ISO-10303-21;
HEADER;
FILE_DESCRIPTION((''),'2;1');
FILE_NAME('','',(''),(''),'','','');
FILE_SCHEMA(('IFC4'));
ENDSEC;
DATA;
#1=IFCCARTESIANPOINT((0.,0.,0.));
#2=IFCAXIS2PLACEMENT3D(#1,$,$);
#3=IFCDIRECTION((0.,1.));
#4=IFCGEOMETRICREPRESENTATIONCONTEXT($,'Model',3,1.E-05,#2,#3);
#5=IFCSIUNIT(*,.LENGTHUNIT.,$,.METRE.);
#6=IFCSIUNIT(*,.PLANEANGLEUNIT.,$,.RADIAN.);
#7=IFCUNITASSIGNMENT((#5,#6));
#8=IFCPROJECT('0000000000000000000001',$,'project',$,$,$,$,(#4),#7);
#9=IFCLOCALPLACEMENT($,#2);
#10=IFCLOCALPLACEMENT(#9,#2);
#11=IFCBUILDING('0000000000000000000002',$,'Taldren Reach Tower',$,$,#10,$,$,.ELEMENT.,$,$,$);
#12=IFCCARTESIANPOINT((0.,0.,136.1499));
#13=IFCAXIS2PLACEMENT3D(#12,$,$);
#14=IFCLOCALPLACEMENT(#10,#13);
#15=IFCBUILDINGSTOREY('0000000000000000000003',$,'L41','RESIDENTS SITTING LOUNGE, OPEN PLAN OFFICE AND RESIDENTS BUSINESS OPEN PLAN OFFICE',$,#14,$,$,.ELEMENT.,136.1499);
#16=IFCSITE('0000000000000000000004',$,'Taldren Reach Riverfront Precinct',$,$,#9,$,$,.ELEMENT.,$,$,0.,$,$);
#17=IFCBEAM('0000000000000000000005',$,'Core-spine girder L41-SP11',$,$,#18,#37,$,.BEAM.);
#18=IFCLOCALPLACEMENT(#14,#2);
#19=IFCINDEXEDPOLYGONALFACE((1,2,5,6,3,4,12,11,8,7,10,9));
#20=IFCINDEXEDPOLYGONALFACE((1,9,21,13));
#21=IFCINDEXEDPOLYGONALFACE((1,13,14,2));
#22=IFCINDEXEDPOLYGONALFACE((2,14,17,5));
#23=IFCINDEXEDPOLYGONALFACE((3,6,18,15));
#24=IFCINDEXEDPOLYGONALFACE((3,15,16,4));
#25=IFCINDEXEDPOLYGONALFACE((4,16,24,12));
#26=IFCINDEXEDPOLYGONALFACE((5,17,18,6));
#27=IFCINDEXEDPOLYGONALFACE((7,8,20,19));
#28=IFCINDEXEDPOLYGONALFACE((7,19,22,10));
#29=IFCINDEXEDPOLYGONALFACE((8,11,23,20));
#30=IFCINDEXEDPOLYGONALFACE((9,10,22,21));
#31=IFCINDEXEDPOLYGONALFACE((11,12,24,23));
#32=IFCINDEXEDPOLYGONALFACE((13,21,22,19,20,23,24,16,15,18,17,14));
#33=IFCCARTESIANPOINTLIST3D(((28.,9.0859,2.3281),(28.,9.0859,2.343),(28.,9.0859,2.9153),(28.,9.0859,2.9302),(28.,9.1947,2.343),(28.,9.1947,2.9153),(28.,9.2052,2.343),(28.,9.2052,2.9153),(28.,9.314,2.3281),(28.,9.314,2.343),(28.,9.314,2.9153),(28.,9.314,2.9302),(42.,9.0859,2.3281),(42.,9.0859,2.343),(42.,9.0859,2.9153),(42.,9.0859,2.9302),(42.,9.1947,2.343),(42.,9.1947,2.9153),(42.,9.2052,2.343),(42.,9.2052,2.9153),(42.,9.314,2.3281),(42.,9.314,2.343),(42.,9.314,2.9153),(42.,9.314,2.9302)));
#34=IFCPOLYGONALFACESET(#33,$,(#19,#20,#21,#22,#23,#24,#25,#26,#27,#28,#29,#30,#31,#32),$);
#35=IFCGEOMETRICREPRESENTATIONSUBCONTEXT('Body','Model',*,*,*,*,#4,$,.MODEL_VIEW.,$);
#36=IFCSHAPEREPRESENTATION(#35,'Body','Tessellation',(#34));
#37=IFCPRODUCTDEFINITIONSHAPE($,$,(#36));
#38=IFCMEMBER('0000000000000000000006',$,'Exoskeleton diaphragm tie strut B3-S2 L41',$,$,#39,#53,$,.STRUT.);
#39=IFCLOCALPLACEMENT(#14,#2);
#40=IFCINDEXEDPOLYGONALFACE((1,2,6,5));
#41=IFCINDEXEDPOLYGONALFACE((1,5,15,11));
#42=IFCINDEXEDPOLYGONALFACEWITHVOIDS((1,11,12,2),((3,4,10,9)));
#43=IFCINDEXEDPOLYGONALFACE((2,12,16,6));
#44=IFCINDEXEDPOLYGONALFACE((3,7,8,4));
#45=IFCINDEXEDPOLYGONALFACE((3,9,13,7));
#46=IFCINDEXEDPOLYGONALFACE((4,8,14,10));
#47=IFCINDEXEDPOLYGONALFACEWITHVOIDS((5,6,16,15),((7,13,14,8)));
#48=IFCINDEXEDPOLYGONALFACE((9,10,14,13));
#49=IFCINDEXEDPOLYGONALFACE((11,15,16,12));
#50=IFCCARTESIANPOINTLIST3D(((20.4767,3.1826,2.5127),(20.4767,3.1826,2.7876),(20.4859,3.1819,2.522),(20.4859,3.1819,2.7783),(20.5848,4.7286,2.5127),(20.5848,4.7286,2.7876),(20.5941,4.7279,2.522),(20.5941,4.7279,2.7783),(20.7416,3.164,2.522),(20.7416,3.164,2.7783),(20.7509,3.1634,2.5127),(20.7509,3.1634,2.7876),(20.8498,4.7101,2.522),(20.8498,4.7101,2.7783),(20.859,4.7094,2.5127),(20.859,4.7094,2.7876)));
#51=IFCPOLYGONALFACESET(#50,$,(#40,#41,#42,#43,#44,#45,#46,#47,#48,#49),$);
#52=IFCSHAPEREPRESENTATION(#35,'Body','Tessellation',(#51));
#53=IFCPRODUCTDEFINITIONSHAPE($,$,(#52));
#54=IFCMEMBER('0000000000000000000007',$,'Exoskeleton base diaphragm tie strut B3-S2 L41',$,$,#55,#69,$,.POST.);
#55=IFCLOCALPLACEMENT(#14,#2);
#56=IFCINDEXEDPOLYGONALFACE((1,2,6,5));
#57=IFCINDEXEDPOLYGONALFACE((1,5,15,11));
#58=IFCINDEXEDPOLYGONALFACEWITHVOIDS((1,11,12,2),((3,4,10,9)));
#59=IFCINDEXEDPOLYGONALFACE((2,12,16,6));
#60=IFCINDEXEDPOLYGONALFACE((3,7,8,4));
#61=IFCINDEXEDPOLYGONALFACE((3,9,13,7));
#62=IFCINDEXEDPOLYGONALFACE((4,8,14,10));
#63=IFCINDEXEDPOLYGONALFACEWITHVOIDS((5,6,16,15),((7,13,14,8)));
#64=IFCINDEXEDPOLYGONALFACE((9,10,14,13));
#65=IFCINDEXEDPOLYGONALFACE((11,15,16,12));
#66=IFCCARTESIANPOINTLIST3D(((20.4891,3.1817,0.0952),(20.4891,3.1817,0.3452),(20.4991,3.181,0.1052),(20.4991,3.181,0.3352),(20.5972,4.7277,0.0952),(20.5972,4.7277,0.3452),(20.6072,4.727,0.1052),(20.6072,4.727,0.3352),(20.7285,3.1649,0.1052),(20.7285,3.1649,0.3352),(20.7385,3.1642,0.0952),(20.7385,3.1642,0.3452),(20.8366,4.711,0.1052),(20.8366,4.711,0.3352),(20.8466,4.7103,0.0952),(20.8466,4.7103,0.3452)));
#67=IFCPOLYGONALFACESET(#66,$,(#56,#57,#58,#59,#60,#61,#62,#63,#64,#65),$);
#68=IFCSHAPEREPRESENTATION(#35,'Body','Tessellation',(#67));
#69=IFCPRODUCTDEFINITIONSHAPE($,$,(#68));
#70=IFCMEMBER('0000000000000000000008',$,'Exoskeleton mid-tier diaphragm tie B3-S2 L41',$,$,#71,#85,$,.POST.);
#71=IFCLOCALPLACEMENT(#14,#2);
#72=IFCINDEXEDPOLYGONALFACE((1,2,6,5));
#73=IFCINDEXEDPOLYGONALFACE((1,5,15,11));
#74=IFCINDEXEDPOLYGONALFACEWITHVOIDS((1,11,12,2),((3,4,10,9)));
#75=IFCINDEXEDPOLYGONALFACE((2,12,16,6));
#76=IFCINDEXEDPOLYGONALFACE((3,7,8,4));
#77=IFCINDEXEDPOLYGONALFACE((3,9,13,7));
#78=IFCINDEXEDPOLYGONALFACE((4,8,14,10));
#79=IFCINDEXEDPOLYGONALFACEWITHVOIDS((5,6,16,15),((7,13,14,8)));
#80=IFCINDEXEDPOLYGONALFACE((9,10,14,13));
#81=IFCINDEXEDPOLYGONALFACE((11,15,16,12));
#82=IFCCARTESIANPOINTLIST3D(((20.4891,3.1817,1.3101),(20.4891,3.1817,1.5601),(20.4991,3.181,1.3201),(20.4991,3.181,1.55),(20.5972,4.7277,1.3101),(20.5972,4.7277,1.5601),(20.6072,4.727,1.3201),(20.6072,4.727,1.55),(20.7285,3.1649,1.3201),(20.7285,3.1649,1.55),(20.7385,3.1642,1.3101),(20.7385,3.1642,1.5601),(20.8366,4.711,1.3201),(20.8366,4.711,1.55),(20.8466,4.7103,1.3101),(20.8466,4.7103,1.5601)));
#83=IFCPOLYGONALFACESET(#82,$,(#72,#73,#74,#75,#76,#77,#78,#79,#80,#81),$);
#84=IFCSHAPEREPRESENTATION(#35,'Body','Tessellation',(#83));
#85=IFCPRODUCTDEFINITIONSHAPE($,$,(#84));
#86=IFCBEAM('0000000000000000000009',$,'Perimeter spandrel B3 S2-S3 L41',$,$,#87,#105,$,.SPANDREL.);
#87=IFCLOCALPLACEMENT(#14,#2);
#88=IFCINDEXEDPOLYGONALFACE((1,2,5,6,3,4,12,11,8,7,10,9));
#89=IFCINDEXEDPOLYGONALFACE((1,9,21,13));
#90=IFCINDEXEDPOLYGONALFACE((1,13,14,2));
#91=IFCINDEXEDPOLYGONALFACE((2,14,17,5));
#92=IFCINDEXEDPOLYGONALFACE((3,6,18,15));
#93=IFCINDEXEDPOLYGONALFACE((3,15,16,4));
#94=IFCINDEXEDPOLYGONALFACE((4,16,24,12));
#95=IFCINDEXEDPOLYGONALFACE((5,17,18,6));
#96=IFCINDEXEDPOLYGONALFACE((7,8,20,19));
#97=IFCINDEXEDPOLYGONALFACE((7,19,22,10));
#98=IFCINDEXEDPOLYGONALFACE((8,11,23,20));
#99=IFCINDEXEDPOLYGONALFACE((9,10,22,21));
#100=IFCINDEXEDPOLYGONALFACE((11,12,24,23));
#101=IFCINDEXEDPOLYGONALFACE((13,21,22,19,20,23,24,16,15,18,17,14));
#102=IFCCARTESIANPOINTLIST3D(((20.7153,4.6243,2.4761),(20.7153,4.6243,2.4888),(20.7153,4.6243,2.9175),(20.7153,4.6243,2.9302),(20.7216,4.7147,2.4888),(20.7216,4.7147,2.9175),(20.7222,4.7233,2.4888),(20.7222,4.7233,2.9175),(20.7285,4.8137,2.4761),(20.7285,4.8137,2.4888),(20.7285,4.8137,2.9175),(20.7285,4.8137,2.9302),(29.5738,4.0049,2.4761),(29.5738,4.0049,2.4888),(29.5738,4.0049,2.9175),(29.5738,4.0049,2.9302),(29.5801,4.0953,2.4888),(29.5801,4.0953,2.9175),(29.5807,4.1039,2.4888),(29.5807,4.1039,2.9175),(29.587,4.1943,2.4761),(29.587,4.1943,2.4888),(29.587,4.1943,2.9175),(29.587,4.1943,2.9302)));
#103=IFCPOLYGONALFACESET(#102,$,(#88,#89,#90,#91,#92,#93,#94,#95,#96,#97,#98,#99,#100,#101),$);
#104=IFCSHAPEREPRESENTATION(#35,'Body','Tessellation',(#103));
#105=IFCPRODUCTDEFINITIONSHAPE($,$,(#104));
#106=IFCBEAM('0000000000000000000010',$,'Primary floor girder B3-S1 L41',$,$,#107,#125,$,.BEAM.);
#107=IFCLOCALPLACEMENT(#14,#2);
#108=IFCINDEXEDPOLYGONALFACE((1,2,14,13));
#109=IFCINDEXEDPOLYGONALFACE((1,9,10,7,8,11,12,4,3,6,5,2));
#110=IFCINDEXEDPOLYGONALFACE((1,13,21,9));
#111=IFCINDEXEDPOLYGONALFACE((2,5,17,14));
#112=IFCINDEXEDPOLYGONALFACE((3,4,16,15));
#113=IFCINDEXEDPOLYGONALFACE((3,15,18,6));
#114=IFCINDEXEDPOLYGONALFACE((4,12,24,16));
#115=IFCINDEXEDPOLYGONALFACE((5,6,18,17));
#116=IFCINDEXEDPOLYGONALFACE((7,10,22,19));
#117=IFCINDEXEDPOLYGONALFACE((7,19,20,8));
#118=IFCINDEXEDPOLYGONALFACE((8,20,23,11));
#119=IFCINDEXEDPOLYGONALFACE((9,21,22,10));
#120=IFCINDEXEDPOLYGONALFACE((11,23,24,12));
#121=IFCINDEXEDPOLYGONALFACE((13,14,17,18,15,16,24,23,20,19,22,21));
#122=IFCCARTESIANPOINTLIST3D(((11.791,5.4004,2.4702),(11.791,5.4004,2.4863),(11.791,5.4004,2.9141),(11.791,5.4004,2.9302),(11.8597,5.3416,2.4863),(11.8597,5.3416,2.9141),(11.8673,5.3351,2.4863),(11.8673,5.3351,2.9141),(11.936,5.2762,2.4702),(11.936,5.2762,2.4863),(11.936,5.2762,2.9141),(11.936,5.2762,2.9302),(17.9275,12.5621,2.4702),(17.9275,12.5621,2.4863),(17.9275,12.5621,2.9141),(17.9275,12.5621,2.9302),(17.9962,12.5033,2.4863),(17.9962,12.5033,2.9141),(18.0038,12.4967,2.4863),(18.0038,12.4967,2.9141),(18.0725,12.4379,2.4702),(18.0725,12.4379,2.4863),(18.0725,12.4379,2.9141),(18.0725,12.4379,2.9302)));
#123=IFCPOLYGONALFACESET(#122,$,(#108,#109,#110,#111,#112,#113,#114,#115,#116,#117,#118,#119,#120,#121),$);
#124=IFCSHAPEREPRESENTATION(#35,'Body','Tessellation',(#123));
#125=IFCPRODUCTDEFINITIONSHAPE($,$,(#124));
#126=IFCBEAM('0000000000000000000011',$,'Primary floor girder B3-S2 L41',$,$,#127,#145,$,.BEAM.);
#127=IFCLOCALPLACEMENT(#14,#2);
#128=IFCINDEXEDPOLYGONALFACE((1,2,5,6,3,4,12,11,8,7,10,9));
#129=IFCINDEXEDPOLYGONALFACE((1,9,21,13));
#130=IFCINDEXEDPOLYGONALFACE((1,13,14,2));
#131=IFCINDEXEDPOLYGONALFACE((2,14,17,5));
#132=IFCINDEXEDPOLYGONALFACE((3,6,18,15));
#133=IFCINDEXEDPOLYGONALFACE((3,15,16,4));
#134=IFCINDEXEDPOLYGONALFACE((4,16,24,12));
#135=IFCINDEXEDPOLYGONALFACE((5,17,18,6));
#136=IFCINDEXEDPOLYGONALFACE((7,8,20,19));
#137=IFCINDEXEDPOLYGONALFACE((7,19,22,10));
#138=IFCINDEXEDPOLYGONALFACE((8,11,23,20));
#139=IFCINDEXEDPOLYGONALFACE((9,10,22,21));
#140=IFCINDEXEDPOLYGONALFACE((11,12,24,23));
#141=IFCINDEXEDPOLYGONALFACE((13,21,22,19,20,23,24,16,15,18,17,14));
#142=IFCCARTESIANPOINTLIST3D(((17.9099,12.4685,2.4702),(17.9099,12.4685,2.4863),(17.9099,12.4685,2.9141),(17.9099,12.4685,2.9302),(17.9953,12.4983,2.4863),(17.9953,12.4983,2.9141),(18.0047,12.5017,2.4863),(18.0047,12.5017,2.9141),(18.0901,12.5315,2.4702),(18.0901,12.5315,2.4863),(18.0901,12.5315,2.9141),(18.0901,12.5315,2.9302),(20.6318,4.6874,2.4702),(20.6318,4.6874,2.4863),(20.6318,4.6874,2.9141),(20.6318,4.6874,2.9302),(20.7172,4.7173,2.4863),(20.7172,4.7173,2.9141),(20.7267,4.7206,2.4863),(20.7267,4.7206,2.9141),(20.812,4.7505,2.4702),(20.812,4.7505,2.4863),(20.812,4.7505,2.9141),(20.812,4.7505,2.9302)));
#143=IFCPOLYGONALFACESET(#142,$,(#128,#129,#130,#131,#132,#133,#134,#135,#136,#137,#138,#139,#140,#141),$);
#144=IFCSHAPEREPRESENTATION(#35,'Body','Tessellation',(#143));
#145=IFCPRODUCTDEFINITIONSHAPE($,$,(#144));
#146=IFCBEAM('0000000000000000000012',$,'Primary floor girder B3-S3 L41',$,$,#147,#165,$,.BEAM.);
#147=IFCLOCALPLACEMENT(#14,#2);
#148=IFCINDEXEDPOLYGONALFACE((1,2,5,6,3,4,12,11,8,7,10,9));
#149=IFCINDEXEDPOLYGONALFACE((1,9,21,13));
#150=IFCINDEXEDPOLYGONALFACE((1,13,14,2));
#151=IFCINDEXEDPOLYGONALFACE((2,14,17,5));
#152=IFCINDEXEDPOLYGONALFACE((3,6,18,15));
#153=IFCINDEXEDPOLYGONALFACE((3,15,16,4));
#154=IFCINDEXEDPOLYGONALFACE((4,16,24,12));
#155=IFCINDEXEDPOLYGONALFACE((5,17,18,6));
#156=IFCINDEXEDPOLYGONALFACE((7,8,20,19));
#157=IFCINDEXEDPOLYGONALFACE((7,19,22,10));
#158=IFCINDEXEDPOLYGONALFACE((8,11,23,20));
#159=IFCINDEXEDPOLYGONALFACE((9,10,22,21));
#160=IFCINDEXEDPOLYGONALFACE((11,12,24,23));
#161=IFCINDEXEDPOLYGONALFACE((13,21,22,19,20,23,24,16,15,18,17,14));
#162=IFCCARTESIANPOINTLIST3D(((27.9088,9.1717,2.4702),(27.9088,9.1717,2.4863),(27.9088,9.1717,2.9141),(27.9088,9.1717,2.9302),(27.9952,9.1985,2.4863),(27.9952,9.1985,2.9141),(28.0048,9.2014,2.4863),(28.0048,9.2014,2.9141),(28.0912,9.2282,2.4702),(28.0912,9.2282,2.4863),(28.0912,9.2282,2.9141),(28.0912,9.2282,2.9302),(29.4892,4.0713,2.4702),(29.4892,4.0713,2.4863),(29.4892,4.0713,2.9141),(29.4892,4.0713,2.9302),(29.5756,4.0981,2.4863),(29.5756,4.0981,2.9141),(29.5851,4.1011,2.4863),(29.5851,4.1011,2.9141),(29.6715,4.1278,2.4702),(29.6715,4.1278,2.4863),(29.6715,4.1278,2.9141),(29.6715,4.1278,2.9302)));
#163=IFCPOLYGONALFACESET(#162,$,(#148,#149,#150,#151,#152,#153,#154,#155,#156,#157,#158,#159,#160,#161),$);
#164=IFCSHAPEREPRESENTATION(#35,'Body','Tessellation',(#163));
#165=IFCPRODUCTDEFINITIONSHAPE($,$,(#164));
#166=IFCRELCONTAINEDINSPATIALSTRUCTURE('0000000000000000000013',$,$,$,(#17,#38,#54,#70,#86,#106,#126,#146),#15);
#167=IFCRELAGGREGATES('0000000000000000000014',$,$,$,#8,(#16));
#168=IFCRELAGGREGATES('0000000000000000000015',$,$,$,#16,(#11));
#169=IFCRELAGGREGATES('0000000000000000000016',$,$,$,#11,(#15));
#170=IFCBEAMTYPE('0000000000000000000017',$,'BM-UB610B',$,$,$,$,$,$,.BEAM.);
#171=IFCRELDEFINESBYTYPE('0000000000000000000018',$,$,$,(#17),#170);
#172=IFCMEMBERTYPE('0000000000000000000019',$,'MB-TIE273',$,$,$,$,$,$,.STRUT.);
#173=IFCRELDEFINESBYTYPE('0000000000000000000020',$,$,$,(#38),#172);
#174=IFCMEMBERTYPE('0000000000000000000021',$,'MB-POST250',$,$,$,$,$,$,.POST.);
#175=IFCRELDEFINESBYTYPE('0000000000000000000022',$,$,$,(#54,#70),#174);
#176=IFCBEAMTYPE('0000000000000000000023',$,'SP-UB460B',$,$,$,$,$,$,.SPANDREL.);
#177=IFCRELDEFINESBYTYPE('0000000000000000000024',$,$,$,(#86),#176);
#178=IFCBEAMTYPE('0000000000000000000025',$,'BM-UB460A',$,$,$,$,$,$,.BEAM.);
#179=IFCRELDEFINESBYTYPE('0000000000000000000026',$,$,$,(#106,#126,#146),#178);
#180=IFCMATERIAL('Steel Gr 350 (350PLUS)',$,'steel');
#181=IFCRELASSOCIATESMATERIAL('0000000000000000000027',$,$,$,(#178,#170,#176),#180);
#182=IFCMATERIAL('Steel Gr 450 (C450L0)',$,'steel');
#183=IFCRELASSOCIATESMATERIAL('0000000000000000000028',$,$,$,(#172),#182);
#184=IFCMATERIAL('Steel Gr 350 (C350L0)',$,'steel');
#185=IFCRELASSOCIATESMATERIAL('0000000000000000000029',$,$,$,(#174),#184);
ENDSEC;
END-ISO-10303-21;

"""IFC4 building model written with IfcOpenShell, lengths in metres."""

from ifc_helpers import new_model, si_unit, direction, frame, origin, origin_2d, place, context, subcontext, project, spatial, hollow_rectangle, i_section, extrude, source, transform, mapped, material, material_profile, profile_set, type_object, element, save


model = new_model("IFC4")

# Units and contexts
model_context = context("Model", 3, precision=1e-05, world=origin(), true_north=direction((0.0, 1.0)))
body_context = subcontext(model_context, "Body", "Model", "MODEL_VIEW")
ifc_project = project(units=[si_unit("LENGTHUNIT", "METRE"), si_unit("PLANEANGLEUNIT", "RADIAN")], contexts=[model_context])

# Site, building, storey
site_placement = place(None, origin())
site = spatial("IfcSite", under=ifc_project, at=site_placement, Name="Taldren Reach Riverfront Precinct", CompositionType="ELEMENT", RefElevation=0.0)
building_placement = place(site_placement, origin())
building = spatial("IfcBuilding", under=site, at=building_placement, Name="Taldren Reach Tower", CompositionType="ELEMENT")
storey_placement = place(building_placement, frame((0.0, 0.0, 136.1499)))
storey = spatial("IfcBuildingStorey", under=building, at=storey_placement, Name="L41", Description="RESIDENTS SITTING LOUNGE, OPEN PLAN OFFICE AND RESIDENTS BUSINESS OPEN PLAN OFFICE", CompositionType="ELEMENT", Elevation=136.1499)

# Shared definitions
ifc_material_1 = material(Name="Steel Gr 350 (350PLUS)", Category="steel")
ifc_material_2 = material(Name="Steel Gr 450 (C450L0)", Category="steel")

# Beam
ifc_material_profile_1 = material_profile(ifc_material_1, i_section(OverallWidth=0.1909, OverallDepth=0.46, WebThickness=0.01, FlangeThickness=0.0161, at=origin_2d()), Name="460UB82.1")
ifc_profile_set_1 = profile_set([ifc_material_profile_1], Name="Steel Gr 350 (350PLUS)")
beam_type_1 = type_object("IfcBeamType", Name="BM-UB460A", PredefinedType="BEAM", material=ifc_profile_set_1)
ifc_material_profile_2 = material_profile(ifc_material_1, i_section(OverallWidth=0.228, OverallDepth=0.6021, WebThickness=0.0105, FlangeThickness=0.0149, at=origin_2d()), Name="610UB101")
ifc_profile_set_2 = profile_set([ifc_material_profile_2], Name="Steel Gr 350 (350PLUS)")
beam_type_2 = type_object("IfcBeamType", Name="BM-UB610B", PredefinedType="BEAM", material=ifc_profile_set_2)
shared_shape_1 = source(origin(), body_context, "Body", "SweptSolid", [
    extrude(i_section(OverallWidth=0.228, OverallDepth=0.6021, WebThickness=0.0105, FlangeThickness=0.0149, at=origin_2d()), origin(), (0.0, 0.0, 1.0), 14.0),
])
beam_1_placement = place(storey_placement, frame((28.0, 9.2, 2.6292), z_axis=(1.0, 0.0, 0.0), x_axis=(0.0, 1.0, 0.0)))
element("IfcBeam", 1, at=beam_1_placement, inside=storey, type_object=beam_type_2, Name="Core-spine girder L41-SP11", PredefinedType="BEAM", context=body_context, shape_type="MappedRepresentation", body=[
    mapped(shared_shape_1, transform((0.0, 0.0, 0.0), scale=1.0)),
])

# Members
ifc_material_profile_3 = material_profile(ifc_material_2, hollow_rectangle(XDim=0.2749, YDim=0.2749, WallThickness=0.0093, at=origin_2d()), Name="275x275x9.3SHS")
ifc_profile_set_3 = profile_set([ifc_material_profile_3], Name="Steel Gr 450 (C450L0)")
member_type_1 = type_object("IfcMemberType", Name="MB-TIE273", PredefinedType="STRUT", material=ifc_profile_set_3)
shared_shape_2 = source(origin(), body_context, "Body", "SweptSolid", [
    extrude(hollow_rectangle(XDim=0.2749, YDim=0.2749, WallThickness=0.0093, at=origin_2d()), origin(), (0.0, 0.0, 1.0), 1.5498),
])
member_placement = place(storey_placement, frame((20.7219, 4.719, 2.6501), z_axis=(-0.069781, -0.997562, 0.0), x_axis=(0.997562, -0.069781, 0.0)))
element("IfcMember", 2, at=member_placement, inside=storey, type_object=member_type_1, Name="Exoskeleton diaphragm tie strut B3-S2 L41", PredefinedType="STRUT", context=body_context, shape_type="MappedRepresentation", body=[
    mapped(shared_shape_2, transform((0.0, 0.0, 0.0), scale=1.0)),
])
ifc_material_3 = material(Name="Steel Gr 350 (C350L0)", Category="steel")
ifc_material_profile_4 = material_profile(ifc_material_3, hollow_rectangle(XDim=0.25, YDim=0.25, WallThickness=0.01, at=origin_2d()), Name="250x250x10.0SHS")
ifc_profile_set_4 = profile_set([ifc_material_profile_4], Name="Steel Gr 350 (C350L0)")
member_type_2 = type_object("IfcMemberType", Name="MB-POST250", PredefinedType="POST", material=ifc_profile_set_4)
shared_shape_3 = source(origin(), body_context, "Body", "SweptSolid", [
    extrude(hollow_rectangle(XDim=0.25, YDim=0.25, WallThickness=0.01, at=origin_2d()), origin(), (0.0, 0.0, 1.0), 1.5498),
])
for number, where, z_axis, x_axis, name in (
    (3, (20.7219, 4.719, 0.2202), (-0.069781, -0.997562, 0.0), (0.997562, -0.069781, 0.0), "Exoskeleton base diaphragm tie strut B3-S2 L41"),
    (4, (20.7219, 4.719, 1.4351), (-0.069781, -0.997562, 0.0), (0.997562, -0.069781, 0.0), "Exoskeleton mid-tier diaphragm tie B3-S2 L41"),
):
    element("IfcMember", number, at=place(storey_placement, frame(where, z_axis=z_axis, x_axis=x_axis)), inside=storey, type_object=member_type_2, Name=name, PredefinedType="POST", context=body_context, shape_type="MappedRepresentation", body=[
        mapped(shared_shape_3, transform((0.0, 0.0, 0.0), scale=1.0)),
    ])

# Beams
ifc_material_profile_5 = material_profile(ifc_material_1, i_section(OverallWidth=0.1899, OverallDepth=0.4541, WebThickness=0.0085, FlangeThickness=0.0127, at=origin_2d()), Name="460UB67.1")
ifc_profile_set_5 = profile_set([ifc_material_profile_5], Name="Steel Gr 350 (350PLUS)")
beam_type_3 = type_object("IfcBeamType", Name="SP-UB460B", PredefinedType="SPANDREL", material=ifc_profile_set_5)
shared_shape_4 = source(origin(), body_context, "Body", "SweptSolid", [
    extrude(i_section(OverallWidth=0.1899, OverallDepth=0.4541, WebThickness=0.0085, FlangeThickness=0.0127, at=origin_2d()), origin(), (0.0, 0.0, 1.0), 8.8801),
])
beam_2_placement = place(storey_placement, frame((20.7219, 4.719, 2.7031), z_axis=(0.997564, -0.06975, 0.0), x_axis=(0.06975, 0.997564, 0.0)))
element("IfcBeam", 5, at=beam_2_placement, inside=storey, type_object=beam_type_3, Name="Perimeter spandrel B3 S2-S3 L41", PredefinedType="SPANDREL", context=body_context, shape_type="MappedRepresentation", body=[
    mapped(shared_shape_4, transform((0.0, 0.0, 0.0), scale=1.0)),
])
shared_shape_5 = source(origin(), body_context, "Body", "SweptSolid", [
    extrude(i_section(OverallWidth=0.1909, OverallDepth=0.46, WebThickness=0.01, FlangeThickness=0.0161, at=origin_2d()), origin(), (0.0, 0.0, 1.0), 9.4312),
])
beam_3_placement = place(storey_placement, frame((18.0, 12.5, 2.7002), z_axis=(-0.650666, -0.759364, 0.0), x_axis=(0.759364, -0.650666, 0.0)))
element("IfcBeam", 6, at=beam_3_placement, inside=storey, type_object=beam_type_1, Name="Primary floor girder B3-S1 L41", PredefinedType="BEAM", context=body_context, shape_type="MappedRepresentation", body=[
    mapped(shared_shape_5, transform((0.0, 0.0, 0.0), scale=1.0)),
])
shared_shape_6 = source(origin(), body_context, "Body", "SweptSolid", [
    extrude(i_section(OverallWidth=0.1909, OverallDepth=0.46, WebThickness=0.01, FlangeThickness=0.0161, at=origin_2d()), origin(), (0.0, 0.0, 1.0), 8.2434),
])
beam_4_placement = place(storey_placement, frame((18.0, 12.5, 2.7002), z_axis=(0.330196, -0.943912, 0.0), x_axis=(0.943912, 0.330196, 0.0)))
element("IfcBeam", 7, at=beam_4_placement, inside=storey, type_object=beam_type_1, Name="Primary floor girder B3-S2 L41", PredefinedType="BEAM", context=body_context, shape_type="MappedRepresentation", body=[
    mapped(shared_shape_6, transform((0.0, 0.0, 0.0), scale=1.0)),
])
shared_shape_7 = source(origin(), body_context, "Body", "SweptSolid", [
    extrude(i_section(OverallWidth=0.1909, OverallDepth=0.46, WebThickness=0.01, FlangeThickness=0.0161, at=origin_2d()), origin(), (0.0, 0.0, 1.0), 5.3396),
])
beam_5_placement = place(storey_placement, frame((28.0, 9.2, 2.7002), z_axis=(0.295965, -0.955199, 0.0), x_axis=(0.955199, 0.295965, 0.0)))
element("IfcBeam", 8, at=beam_5_placement, inside=storey, type_object=beam_type_1, Name="Primary floor girder B3-S3 L41", PredefinedType="BEAM", context=body_context, shape_type="MappedRepresentation", body=[
    mapped(shared_shape_7, transform((0.0, 0.0, 0.0), scale=1.0)),
])

save(model, "model.ifc")
